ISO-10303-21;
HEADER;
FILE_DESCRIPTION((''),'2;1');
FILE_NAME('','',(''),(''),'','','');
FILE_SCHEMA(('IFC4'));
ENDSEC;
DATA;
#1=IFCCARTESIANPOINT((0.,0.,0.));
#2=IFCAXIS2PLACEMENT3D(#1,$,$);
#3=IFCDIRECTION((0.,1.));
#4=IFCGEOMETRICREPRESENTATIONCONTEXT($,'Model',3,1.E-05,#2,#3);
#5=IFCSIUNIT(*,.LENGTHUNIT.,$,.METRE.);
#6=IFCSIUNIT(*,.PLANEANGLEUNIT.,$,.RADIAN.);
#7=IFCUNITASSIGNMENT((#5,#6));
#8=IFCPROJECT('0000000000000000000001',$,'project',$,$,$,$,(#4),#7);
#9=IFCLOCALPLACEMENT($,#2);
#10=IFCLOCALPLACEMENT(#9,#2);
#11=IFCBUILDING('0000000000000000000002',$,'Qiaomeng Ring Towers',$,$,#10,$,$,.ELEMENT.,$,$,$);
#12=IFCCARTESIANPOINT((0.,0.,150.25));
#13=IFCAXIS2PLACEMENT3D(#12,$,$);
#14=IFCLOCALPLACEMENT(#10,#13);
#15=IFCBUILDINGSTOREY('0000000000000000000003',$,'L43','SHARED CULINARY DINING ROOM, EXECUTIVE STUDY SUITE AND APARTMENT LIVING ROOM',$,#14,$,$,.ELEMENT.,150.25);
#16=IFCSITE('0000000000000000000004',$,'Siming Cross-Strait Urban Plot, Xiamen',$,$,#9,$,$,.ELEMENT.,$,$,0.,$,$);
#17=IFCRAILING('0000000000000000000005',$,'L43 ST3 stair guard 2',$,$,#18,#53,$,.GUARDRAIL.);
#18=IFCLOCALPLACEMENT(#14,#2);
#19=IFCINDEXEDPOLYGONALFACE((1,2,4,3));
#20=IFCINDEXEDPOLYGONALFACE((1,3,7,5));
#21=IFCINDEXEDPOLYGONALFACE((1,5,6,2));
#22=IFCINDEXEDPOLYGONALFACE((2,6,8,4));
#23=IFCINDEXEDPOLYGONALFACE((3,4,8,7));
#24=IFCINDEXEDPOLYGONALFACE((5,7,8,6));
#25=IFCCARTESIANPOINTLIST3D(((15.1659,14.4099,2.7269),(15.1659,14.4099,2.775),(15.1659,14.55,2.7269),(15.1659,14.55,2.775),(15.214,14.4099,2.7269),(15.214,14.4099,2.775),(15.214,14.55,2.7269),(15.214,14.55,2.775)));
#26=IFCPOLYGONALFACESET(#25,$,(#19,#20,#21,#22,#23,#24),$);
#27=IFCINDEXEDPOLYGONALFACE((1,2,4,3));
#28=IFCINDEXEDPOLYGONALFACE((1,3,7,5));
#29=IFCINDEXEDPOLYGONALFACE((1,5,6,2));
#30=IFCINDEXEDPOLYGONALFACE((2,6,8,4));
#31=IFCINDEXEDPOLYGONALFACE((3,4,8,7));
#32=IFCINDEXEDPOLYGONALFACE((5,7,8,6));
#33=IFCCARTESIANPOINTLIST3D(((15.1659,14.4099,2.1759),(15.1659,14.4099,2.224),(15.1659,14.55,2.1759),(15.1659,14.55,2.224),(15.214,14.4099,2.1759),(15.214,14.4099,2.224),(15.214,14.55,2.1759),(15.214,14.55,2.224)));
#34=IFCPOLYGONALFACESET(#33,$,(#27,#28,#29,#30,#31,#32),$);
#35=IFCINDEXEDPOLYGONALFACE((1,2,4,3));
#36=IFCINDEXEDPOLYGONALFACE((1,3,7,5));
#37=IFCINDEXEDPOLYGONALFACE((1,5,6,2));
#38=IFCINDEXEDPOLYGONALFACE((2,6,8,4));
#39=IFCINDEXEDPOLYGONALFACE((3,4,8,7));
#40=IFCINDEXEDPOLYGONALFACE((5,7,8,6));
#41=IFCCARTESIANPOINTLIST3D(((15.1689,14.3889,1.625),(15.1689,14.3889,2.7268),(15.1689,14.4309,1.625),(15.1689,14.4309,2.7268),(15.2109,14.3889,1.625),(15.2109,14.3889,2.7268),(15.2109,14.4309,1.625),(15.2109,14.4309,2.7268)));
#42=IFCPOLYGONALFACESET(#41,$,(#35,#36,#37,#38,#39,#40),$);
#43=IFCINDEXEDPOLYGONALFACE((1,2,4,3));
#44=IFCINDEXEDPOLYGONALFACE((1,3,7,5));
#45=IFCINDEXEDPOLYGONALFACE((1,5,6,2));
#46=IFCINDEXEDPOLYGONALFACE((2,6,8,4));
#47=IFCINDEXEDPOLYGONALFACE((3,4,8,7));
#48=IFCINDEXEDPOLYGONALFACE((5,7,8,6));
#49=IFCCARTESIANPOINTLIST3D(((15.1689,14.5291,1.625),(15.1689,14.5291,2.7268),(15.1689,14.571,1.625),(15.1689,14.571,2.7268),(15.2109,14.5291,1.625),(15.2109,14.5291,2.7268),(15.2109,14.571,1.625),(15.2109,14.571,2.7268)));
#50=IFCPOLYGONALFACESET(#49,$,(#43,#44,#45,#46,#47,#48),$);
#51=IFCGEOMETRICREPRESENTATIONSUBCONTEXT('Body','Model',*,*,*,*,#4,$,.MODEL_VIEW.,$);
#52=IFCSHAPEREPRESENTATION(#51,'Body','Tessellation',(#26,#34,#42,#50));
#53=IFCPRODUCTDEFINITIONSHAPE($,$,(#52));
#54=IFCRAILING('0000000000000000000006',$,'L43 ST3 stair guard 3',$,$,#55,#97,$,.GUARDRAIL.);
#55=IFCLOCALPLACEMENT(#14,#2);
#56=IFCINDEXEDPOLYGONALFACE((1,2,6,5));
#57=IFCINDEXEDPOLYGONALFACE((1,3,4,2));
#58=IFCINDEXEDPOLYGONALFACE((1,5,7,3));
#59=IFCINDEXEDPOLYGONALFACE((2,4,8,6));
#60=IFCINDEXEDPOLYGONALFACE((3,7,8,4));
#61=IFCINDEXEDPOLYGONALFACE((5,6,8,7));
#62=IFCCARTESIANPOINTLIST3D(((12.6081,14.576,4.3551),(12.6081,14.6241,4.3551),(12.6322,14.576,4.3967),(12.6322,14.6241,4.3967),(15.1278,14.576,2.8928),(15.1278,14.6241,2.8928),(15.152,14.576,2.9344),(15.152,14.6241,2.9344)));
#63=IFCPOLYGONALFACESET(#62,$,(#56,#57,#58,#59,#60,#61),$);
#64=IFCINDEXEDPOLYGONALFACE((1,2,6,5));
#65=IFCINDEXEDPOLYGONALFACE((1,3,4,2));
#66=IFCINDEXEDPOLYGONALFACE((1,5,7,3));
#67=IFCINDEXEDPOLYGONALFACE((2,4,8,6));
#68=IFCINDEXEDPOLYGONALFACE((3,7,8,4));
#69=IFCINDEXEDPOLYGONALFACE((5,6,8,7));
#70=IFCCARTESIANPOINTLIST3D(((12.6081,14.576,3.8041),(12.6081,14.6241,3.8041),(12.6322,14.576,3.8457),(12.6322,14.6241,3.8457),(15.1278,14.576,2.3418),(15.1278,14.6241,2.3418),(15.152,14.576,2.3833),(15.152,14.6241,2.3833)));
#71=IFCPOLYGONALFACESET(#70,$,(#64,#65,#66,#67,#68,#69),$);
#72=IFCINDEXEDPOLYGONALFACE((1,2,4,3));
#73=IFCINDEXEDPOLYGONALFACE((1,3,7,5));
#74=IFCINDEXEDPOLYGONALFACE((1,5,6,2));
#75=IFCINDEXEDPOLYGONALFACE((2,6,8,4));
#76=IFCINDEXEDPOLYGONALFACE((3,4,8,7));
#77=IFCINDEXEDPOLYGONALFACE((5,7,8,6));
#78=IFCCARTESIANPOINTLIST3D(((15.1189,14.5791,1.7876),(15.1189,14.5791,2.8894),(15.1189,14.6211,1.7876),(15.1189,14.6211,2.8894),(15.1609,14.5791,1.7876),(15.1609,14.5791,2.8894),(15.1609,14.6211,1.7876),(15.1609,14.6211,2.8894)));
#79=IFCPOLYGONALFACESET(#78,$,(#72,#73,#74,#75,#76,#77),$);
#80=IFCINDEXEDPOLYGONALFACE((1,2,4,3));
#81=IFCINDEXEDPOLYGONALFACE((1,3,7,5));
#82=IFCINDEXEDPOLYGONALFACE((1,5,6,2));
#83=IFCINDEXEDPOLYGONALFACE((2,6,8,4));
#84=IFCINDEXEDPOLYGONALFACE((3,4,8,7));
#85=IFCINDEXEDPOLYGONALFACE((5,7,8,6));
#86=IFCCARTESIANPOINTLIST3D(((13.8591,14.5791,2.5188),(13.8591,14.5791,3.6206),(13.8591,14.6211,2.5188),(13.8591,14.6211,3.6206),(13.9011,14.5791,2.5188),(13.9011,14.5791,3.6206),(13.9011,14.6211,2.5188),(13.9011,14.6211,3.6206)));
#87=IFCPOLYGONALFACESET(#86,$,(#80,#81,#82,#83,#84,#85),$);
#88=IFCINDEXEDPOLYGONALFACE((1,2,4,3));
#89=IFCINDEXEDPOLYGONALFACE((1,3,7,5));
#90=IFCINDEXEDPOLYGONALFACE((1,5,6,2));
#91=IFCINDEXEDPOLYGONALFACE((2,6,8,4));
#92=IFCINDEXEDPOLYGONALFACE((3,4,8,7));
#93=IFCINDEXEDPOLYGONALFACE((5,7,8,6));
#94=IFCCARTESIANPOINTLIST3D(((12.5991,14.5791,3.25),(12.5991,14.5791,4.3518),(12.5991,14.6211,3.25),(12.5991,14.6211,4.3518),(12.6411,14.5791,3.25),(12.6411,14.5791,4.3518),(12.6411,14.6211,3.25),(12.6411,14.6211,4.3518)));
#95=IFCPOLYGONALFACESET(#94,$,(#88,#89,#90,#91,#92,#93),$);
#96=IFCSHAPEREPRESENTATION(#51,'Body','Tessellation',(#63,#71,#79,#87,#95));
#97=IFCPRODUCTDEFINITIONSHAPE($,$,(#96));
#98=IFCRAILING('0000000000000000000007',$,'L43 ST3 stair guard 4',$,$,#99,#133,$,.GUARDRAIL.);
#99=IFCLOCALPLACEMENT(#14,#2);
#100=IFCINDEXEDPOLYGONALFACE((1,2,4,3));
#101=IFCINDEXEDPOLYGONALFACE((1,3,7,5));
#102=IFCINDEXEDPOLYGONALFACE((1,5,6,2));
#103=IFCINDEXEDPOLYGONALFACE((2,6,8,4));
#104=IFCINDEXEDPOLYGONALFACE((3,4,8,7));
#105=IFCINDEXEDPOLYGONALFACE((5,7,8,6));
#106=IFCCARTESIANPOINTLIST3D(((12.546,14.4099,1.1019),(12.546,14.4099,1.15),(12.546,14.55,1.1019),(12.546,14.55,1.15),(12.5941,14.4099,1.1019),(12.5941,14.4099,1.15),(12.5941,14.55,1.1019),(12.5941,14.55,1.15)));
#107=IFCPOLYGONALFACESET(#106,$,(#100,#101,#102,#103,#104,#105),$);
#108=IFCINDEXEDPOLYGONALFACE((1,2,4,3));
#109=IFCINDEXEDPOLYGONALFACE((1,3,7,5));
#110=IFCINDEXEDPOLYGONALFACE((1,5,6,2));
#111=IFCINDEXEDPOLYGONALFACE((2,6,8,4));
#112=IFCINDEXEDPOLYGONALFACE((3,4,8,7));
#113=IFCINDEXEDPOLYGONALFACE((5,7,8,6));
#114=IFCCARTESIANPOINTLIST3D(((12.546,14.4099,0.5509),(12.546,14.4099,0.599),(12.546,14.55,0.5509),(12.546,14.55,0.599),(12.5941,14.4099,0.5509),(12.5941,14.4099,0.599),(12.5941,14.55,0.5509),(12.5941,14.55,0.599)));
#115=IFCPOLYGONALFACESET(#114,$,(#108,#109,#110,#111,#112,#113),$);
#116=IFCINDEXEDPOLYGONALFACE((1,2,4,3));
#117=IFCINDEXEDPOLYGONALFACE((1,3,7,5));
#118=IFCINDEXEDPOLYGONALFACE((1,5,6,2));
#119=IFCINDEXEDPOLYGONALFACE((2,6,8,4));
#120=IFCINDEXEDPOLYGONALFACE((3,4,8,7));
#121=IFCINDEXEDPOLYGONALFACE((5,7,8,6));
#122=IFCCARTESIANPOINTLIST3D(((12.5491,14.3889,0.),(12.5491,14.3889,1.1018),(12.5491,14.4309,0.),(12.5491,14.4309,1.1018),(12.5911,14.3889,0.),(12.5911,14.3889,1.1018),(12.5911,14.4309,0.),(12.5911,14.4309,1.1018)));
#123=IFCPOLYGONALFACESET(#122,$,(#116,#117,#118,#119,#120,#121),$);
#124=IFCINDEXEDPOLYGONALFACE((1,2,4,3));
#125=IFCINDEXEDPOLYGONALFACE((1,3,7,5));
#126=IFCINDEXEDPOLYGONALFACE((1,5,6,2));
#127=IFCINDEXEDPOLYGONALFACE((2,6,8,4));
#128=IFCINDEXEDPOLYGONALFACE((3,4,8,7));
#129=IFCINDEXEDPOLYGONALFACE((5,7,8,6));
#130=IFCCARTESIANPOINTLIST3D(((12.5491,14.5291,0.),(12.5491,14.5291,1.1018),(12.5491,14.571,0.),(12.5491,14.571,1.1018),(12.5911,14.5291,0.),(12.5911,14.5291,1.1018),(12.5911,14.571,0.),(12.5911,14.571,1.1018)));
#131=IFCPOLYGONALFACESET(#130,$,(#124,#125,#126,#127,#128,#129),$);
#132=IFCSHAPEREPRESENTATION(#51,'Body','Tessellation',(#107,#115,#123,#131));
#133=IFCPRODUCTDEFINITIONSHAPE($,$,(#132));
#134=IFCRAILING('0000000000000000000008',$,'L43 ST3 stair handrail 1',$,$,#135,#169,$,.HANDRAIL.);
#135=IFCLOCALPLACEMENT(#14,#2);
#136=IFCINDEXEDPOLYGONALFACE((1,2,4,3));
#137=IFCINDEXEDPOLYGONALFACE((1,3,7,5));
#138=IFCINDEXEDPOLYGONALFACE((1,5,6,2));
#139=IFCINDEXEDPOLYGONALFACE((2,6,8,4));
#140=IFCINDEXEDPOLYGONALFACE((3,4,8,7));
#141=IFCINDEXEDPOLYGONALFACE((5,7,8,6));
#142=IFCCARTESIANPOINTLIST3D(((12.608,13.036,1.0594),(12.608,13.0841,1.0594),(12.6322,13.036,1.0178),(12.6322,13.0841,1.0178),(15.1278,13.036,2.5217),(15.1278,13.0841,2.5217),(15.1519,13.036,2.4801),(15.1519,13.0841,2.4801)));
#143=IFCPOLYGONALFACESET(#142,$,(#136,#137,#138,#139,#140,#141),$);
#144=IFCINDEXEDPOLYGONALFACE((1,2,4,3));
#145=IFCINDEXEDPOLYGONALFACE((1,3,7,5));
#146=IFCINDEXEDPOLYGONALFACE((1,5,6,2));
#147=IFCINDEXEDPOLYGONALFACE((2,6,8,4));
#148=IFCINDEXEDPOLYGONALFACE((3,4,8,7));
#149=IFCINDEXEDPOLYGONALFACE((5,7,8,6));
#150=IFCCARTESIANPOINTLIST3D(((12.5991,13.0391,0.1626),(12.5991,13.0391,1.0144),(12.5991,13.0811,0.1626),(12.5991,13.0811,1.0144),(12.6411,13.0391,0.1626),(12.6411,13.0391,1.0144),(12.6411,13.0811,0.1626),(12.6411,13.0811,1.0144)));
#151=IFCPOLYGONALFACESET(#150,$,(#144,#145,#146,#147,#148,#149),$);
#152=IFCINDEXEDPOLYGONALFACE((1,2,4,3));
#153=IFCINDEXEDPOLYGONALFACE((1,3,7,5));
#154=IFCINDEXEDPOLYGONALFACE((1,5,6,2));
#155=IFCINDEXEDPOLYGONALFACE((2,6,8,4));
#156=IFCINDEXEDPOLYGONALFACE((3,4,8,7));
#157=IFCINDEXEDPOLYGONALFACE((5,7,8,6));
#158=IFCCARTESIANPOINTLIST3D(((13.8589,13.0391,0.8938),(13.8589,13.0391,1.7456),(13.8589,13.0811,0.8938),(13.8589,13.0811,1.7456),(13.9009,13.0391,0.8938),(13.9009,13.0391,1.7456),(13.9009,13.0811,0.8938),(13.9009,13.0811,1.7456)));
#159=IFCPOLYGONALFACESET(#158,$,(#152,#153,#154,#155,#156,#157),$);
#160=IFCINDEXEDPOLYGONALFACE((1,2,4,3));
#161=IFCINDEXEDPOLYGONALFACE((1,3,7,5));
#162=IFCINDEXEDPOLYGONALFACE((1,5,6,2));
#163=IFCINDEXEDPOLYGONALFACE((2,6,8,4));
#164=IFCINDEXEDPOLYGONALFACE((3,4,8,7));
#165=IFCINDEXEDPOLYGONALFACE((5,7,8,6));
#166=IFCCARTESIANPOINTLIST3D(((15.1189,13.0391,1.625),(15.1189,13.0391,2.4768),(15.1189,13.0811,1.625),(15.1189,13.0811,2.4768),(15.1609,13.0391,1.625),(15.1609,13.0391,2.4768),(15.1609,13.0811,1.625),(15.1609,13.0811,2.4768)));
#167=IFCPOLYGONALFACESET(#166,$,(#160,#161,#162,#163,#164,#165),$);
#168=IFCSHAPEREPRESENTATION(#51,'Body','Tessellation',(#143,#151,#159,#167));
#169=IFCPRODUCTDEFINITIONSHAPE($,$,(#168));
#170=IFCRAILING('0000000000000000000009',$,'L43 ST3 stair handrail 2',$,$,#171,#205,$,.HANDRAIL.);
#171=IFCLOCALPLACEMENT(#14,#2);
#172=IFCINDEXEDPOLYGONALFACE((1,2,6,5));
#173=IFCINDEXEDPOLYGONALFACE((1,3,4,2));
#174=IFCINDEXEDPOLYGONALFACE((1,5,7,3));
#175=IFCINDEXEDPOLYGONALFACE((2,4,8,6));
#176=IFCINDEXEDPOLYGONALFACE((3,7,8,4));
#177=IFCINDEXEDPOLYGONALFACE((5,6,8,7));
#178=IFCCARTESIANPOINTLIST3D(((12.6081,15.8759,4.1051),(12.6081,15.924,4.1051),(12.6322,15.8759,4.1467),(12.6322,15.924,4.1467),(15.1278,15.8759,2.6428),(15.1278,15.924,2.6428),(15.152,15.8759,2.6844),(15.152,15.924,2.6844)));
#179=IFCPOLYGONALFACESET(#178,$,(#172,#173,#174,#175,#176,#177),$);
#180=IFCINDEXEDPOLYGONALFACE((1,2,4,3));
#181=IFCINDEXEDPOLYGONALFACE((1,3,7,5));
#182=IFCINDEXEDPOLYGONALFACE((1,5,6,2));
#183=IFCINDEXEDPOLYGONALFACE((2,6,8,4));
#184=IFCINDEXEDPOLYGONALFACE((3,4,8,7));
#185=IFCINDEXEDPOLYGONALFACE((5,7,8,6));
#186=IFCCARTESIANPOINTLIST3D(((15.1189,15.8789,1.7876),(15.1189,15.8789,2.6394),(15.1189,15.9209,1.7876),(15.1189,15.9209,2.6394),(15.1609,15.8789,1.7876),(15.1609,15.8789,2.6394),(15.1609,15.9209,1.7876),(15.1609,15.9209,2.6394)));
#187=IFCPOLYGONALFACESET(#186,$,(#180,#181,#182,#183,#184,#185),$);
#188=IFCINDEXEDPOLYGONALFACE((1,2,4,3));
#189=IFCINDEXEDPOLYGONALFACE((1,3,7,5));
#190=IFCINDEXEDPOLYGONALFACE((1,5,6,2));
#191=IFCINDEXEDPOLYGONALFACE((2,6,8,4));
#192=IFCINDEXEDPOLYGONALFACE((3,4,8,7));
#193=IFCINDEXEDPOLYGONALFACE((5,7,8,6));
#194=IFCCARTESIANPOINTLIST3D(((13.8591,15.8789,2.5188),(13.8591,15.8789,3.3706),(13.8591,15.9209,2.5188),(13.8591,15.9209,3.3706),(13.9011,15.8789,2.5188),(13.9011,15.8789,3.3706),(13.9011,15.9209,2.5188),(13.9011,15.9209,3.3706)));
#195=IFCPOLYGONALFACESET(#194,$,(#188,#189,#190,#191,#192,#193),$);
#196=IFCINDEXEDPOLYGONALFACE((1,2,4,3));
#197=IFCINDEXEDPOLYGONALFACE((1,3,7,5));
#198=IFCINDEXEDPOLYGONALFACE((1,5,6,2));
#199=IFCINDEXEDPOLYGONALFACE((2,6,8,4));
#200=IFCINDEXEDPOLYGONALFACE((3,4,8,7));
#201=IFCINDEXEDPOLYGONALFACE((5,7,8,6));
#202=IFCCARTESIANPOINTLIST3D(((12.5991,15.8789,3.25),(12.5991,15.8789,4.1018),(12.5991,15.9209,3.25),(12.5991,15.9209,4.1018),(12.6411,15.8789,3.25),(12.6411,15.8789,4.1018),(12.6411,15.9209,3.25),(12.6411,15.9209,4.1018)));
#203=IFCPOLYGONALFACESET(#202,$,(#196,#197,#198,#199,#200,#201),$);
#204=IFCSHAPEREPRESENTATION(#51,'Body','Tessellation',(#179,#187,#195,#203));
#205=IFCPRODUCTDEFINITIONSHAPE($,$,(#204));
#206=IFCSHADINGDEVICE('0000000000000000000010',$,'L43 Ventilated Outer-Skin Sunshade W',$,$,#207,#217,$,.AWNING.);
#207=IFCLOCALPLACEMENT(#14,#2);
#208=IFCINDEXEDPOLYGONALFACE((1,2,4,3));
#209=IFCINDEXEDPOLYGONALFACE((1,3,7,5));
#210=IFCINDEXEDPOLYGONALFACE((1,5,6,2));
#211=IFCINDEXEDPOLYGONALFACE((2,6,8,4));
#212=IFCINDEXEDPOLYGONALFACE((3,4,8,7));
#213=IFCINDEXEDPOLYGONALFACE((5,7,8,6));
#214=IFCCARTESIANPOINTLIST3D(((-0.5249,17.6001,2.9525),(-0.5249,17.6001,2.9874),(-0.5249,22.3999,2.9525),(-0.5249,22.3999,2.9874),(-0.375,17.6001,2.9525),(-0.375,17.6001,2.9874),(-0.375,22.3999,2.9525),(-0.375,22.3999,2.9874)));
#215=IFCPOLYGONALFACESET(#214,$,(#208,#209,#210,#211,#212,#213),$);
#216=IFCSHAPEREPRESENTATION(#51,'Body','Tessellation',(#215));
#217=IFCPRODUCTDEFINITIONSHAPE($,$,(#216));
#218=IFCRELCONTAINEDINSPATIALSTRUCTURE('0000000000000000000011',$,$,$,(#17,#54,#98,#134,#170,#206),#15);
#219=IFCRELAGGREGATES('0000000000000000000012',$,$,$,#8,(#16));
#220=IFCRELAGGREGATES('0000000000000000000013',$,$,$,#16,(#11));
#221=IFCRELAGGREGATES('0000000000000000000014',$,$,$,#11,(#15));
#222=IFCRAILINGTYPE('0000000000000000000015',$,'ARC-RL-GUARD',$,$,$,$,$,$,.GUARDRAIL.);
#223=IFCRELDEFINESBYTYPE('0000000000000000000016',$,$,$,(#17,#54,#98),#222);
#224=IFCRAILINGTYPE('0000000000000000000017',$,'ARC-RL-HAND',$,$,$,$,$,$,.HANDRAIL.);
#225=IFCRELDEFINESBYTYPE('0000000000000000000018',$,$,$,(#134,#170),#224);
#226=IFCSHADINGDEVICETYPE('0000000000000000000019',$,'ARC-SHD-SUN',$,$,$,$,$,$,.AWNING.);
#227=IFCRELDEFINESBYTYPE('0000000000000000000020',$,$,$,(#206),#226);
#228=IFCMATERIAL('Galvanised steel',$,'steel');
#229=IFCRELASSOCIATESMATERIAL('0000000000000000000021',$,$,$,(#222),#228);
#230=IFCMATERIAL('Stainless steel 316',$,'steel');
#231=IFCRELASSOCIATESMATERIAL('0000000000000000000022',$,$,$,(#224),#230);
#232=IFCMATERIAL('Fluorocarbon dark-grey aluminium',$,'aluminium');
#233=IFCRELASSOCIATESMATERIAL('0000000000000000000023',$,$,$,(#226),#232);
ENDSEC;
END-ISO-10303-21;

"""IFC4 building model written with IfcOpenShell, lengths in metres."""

from ifc_helpers import new_model, si_unit, direction, frame, origin, origin_2d, place, context, subcontext, project, spatial, rectangle, extrude, source, transform, mapped, material, material_profile, profile_set, type_object, element, save


model = new_model("IFC4")

# Units and contexts
model_context = context("Model", 3, precision=1e-05, world=origin(), true_north=direction((0.0, 1.0)))
body_context = subcontext(model_context, "Body", "Model", "MODEL_VIEW")
ifc_project = project(units=[si_unit("LENGTHUNIT", "METRE"), si_unit("PLANEANGLEUNIT", "RADIAN")], contexts=[model_context])

# Site, building, storey
site_placement = place(None, origin())
site = spatial("IfcSite", under=ifc_project, at=site_placement, Name="Siming Cross-Strait Urban Plot, Xiamen", CompositionType="ELEMENT", RefElevation=0.0)
building_placement = place(site_placement, origin())
building = spatial("IfcBuilding", under=site, at=building_placement, Name="Qiaomeng Ring Towers", CompositionType="ELEMENT")
storey_placement = place(building_placement, frame((0.0, 0.0, 150.25)))
storey = spatial("IfcBuildingStorey", under=building, at=storey_placement, Name="L43", Description="SHARED CULINARY DINING ROOM, EXECUTIVE STUDY SUITE AND APARTMENT LIVING ROOM", CompositionType="ELEMENT", Elevation=150.25)

# Shared definitions
ifc_material_1 = material(Name="Fluorocarbon dark-grey aluminium", Category="aluminium")

# Shared definitions
ifc_material_2 = material(Name="Stainless steel 316", Category="steel")

# Shared definitions
ifc_material_3 = material(Name="Galvanised steel", Category="steel")

# Railings
railing_type_1 = type_object("IfcRailingType", Name="ARC-RL-GUARD", PredefinedType="GUARDRAIL", material=ifc_material_3)
railing_1_placement = place(storey_placement, frame((15.1899, 14.4099, 1.625)))
element("IfcRailing", 1, at=railing_1_placement, inside=storey, type_object=railing_type_1, Name="L43 ST3 stair guard 2", PredefinedType="GUARDRAIL", context=body_context, shape_type="SweptSolid", body=[
    extrude(rectangle(XDim=0.0481, YDim=0.0481, at=origin_2d()), frame((0.0, 0.0, 1.126), z_axis=(0.0, 1.0, 0.0), x_axis=(-1.0, 0.0, 0.0)), (0.0, 0.0, 1.0), 0.1401),
    extrude(rectangle(XDim=0.0481, YDim=0.0481, at=origin_2d()), frame((0.0, 0.0, 0.575), z_axis=(0.0, 1.0, 0.0), x_axis=(-1.0, 0.0, 0.0)), (0.0, 0.0, 1.0), 0.1401),
    extrude(rectangle(XDim=0.042, YDim=0.042, at=origin_2d()), origin(), (0.0, 0.0, 1.0), 1.1018),
    extrude(rectangle(XDim=0.042, YDim=0.042, at=origin_2d()), frame((0.0, 0.1401, 0.0)), (0.0, 0.0, 1.0), 1.1018),
])
railing_2_placement = place(storey_placement, frame((15.1399, 14.6001, 1.7876)))
element("IfcRailing", 2, at=railing_2_placement, inside=storey, type_object=railing_type_1, Name="L43 ST3 stair guard 3", PredefinedType="GUARDRAIL", context=body_context, shape_type="SweptSolid", body=[
    extrude(rectangle(XDim=0.0481, YDim=0.0481, at=origin_2d()), frame((0.0, 0.0, 1.126), z_axis=(-0.864892, 0.0, 0.501958), x_axis=(0.0, -1.0, 0.0)), (0.0, 0.0, 1.0), 2.9133),
    extrude(rectangle(XDim=0.0481, YDim=0.0481, at=origin_2d()), frame((0.0, 0.0, 0.575), z_axis=(-0.864892, 0.0, 0.501958), x_axis=(0.0, -1.0, 0.0)), (0.0, 0.0, 1.0), 2.9133),
    extrude(rectangle(XDim=0.042, YDim=0.042, at=origin_2d()), origin(), (0.0, 0.0, 1.0), 1.1018),
    extrude(rectangle(XDim=0.042, YDim=0.042, at=origin_2d()), frame((-1.2598, 0.0, 0.7312)), (0.0, 0.0, 1.0), 1.1018),
    extrude(rectangle(XDim=0.042, YDim=0.042, at=origin_2d()), frame((-2.5198, 0.0, 1.4624)), (0.0, 0.0, 1.0), 1.1018),
])
railing_3_placement = place(storey_placement, frame((12.5701, 14.4099, 0.0)))
element("IfcRailing", 3, at=railing_3_placement, inside=storey, type_object=railing_type_1, Name="L43 ST3 stair guard 4", PredefinedType="GUARDRAIL", context=body_context, shape_type="SweptSolid", body=[
    extrude(rectangle(XDim=0.0481, YDim=0.0481, at=origin_2d()), frame((0.0, 0.0, 1.126), z_axis=(0.0, 1.0, 0.0), x_axis=(-1.0, 0.0, 0.0)), (0.0, 0.0, 1.0), 0.1401),
    extrude(rectangle(XDim=0.0481, YDim=0.0481, at=origin_2d()), frame((0.0, 0.0, 0.575), z_axis=(0.0, 1.0, 0.0), x_axis=(-1.0, 0.0, 0.0)), (0.0, 0.0, 1.0), 0.1401),
    extrude(rectangle(XDim=0.042, YDim=0.042, at=origin_2d()), origin(), (0.0, 0.0, 1.0), 1.1018),
    extrude(rectangle(XDim=0.042, YDim=0.042, at=origin_2d()), frame((0.0, 0.1401, 0.0)), (0.0, 0.0, 1.0), 1.1018),
])
railing_type_2 = type_object("IfcRailingType", Name="ARC-RL-HAND", PredefinedType="HANDRAIL", material=ifc_material_2)
railing_4_placement = place(storey_placement, frame((12.6201, 13.0601, 0.1626)))
element("IfcRailing", 4, at=railing_4_placement, inside=storey, type_object=railing_type_2, Name="L43 ST3 stair handrail 1", PredefinedType="HANDRAIL", context=body_context, shape_type="SweptSolid", body=[
    extrude(rectangle(XDim=0.0481, YDim=0.0481, at=origin_2d()), frame((0.0, 0.0, 0.876), z_axis=(0.864892, 0.0, 0.501958), x_axis=(0.0, 1.0, 0.0)), (0.0, 0.0, 1.0), 2.9133),
    extrude(rectangle(XDim=0.042, YDim=0.042, at=origin_2d()), origin(), (0.0, 0.0, 1.0), 0.8518),
    extrude(rectangle(XDim=0.042, YDim=0.042, at=origin_2d()), frame((1.2598, 0.0, 0.7312)), (0.0, 0.0, 1.0), 0.8518),
    extrude(rectangle(XDim=0.042, YDim=0.042, at=origin_2d()), frame((2.5198, 0.0, 1.4624)), (0.0, 0.0, 1.0), 0.8518),
])
railing_5_placement = place(storey_placement, frame((15.1399, 15.8999, 1.7876)))
element("IfcRailing", 5, at=railing_5_placement, inside=storey, type_object=railing_type_2, Name="L43 ST3 stair handrail 2", PredefinedType="HANDRAIL", context=body_context, shape_type="SweptSolid", body=[
    extrude(rectangle(XDim=0.0481, YDim=0.0481, at=origin_2d()), frame((0.0, 0.0, 0.876), z_axis=(-0.864892, 0.0, 0.501958), x_axis=(0.0, -1.0, 0.0)), (0.0, 0.0, 1.0), 2.9133),
    extrude(rectangle(XDim=0.042, YDim=0.042, at=origin_2d()), origin(), (0.0, 0.0, 1.0), 0.8518),
    extrude(rectangle(XDim=0.042, YDim=0.042, at=origin_2d()), frame((-1.2598, 0.0, 0.7312)), (0.0, 0.0, 1.0), 0.8518),
    extrude(rectangle(XDim=0.042, YDim=0.042, at=origin_2d()), frame((-2.5198, 0.0, 1.4624)), (0.0, 0.0, 1.0), 0.8518),
])

# Shading device
ifc_material_profile_1 = material_profile(ifc_material_1, rectangle(XDim=0.1499, YDim=0.0349, at=origin_2d()), Name="LV BLADE 150x35")
ifc_profile_set_1 = profile_set([ifc_material_profile_1], Name="Fluorocarbon dark-grey aluminium")
shading_device_type = type_object("IfcShadingDeviceType", Name="ARC-SHD-SUN", PredefinedType="AWNING", material=ifc_profile_set_1)
shared_shape_1 = source(origin(), body_context, "Body", "SweptSolid", [
    extrude(rectangle(XDim=0.1499, YDim=0.0349, at=origin_2d()), origin(), (0.0, 0.0, 1.0), 4.7998),
])
shading_device_placement = place(storey_placement, frame((-0.45, 17.6001, 2.97), z_axis=(0.0, 1.0, 0.0), x_axis=(-1.0, 0.0, 0.0)))
element("IfcShadingDevice", 6, at=shading_device_placement, inside=storey, type_object=shading_device_type, Name="L43 Ventilated Outer-Skin Sunshade W", PredefinedType="AWNING", context=body_context, shape_type="MappedRepresentation", body=[
    mapped(shared_shape_1, transform((0.0, 0.0, 0.0), x_axis=(1.0, 0.0, 0.0), y_axis=(0.0, 1.0, 0.0), z_axis=(0.0, 0.0, 1.0), scale=1.0)),
])

save(model, "model.ifc")
